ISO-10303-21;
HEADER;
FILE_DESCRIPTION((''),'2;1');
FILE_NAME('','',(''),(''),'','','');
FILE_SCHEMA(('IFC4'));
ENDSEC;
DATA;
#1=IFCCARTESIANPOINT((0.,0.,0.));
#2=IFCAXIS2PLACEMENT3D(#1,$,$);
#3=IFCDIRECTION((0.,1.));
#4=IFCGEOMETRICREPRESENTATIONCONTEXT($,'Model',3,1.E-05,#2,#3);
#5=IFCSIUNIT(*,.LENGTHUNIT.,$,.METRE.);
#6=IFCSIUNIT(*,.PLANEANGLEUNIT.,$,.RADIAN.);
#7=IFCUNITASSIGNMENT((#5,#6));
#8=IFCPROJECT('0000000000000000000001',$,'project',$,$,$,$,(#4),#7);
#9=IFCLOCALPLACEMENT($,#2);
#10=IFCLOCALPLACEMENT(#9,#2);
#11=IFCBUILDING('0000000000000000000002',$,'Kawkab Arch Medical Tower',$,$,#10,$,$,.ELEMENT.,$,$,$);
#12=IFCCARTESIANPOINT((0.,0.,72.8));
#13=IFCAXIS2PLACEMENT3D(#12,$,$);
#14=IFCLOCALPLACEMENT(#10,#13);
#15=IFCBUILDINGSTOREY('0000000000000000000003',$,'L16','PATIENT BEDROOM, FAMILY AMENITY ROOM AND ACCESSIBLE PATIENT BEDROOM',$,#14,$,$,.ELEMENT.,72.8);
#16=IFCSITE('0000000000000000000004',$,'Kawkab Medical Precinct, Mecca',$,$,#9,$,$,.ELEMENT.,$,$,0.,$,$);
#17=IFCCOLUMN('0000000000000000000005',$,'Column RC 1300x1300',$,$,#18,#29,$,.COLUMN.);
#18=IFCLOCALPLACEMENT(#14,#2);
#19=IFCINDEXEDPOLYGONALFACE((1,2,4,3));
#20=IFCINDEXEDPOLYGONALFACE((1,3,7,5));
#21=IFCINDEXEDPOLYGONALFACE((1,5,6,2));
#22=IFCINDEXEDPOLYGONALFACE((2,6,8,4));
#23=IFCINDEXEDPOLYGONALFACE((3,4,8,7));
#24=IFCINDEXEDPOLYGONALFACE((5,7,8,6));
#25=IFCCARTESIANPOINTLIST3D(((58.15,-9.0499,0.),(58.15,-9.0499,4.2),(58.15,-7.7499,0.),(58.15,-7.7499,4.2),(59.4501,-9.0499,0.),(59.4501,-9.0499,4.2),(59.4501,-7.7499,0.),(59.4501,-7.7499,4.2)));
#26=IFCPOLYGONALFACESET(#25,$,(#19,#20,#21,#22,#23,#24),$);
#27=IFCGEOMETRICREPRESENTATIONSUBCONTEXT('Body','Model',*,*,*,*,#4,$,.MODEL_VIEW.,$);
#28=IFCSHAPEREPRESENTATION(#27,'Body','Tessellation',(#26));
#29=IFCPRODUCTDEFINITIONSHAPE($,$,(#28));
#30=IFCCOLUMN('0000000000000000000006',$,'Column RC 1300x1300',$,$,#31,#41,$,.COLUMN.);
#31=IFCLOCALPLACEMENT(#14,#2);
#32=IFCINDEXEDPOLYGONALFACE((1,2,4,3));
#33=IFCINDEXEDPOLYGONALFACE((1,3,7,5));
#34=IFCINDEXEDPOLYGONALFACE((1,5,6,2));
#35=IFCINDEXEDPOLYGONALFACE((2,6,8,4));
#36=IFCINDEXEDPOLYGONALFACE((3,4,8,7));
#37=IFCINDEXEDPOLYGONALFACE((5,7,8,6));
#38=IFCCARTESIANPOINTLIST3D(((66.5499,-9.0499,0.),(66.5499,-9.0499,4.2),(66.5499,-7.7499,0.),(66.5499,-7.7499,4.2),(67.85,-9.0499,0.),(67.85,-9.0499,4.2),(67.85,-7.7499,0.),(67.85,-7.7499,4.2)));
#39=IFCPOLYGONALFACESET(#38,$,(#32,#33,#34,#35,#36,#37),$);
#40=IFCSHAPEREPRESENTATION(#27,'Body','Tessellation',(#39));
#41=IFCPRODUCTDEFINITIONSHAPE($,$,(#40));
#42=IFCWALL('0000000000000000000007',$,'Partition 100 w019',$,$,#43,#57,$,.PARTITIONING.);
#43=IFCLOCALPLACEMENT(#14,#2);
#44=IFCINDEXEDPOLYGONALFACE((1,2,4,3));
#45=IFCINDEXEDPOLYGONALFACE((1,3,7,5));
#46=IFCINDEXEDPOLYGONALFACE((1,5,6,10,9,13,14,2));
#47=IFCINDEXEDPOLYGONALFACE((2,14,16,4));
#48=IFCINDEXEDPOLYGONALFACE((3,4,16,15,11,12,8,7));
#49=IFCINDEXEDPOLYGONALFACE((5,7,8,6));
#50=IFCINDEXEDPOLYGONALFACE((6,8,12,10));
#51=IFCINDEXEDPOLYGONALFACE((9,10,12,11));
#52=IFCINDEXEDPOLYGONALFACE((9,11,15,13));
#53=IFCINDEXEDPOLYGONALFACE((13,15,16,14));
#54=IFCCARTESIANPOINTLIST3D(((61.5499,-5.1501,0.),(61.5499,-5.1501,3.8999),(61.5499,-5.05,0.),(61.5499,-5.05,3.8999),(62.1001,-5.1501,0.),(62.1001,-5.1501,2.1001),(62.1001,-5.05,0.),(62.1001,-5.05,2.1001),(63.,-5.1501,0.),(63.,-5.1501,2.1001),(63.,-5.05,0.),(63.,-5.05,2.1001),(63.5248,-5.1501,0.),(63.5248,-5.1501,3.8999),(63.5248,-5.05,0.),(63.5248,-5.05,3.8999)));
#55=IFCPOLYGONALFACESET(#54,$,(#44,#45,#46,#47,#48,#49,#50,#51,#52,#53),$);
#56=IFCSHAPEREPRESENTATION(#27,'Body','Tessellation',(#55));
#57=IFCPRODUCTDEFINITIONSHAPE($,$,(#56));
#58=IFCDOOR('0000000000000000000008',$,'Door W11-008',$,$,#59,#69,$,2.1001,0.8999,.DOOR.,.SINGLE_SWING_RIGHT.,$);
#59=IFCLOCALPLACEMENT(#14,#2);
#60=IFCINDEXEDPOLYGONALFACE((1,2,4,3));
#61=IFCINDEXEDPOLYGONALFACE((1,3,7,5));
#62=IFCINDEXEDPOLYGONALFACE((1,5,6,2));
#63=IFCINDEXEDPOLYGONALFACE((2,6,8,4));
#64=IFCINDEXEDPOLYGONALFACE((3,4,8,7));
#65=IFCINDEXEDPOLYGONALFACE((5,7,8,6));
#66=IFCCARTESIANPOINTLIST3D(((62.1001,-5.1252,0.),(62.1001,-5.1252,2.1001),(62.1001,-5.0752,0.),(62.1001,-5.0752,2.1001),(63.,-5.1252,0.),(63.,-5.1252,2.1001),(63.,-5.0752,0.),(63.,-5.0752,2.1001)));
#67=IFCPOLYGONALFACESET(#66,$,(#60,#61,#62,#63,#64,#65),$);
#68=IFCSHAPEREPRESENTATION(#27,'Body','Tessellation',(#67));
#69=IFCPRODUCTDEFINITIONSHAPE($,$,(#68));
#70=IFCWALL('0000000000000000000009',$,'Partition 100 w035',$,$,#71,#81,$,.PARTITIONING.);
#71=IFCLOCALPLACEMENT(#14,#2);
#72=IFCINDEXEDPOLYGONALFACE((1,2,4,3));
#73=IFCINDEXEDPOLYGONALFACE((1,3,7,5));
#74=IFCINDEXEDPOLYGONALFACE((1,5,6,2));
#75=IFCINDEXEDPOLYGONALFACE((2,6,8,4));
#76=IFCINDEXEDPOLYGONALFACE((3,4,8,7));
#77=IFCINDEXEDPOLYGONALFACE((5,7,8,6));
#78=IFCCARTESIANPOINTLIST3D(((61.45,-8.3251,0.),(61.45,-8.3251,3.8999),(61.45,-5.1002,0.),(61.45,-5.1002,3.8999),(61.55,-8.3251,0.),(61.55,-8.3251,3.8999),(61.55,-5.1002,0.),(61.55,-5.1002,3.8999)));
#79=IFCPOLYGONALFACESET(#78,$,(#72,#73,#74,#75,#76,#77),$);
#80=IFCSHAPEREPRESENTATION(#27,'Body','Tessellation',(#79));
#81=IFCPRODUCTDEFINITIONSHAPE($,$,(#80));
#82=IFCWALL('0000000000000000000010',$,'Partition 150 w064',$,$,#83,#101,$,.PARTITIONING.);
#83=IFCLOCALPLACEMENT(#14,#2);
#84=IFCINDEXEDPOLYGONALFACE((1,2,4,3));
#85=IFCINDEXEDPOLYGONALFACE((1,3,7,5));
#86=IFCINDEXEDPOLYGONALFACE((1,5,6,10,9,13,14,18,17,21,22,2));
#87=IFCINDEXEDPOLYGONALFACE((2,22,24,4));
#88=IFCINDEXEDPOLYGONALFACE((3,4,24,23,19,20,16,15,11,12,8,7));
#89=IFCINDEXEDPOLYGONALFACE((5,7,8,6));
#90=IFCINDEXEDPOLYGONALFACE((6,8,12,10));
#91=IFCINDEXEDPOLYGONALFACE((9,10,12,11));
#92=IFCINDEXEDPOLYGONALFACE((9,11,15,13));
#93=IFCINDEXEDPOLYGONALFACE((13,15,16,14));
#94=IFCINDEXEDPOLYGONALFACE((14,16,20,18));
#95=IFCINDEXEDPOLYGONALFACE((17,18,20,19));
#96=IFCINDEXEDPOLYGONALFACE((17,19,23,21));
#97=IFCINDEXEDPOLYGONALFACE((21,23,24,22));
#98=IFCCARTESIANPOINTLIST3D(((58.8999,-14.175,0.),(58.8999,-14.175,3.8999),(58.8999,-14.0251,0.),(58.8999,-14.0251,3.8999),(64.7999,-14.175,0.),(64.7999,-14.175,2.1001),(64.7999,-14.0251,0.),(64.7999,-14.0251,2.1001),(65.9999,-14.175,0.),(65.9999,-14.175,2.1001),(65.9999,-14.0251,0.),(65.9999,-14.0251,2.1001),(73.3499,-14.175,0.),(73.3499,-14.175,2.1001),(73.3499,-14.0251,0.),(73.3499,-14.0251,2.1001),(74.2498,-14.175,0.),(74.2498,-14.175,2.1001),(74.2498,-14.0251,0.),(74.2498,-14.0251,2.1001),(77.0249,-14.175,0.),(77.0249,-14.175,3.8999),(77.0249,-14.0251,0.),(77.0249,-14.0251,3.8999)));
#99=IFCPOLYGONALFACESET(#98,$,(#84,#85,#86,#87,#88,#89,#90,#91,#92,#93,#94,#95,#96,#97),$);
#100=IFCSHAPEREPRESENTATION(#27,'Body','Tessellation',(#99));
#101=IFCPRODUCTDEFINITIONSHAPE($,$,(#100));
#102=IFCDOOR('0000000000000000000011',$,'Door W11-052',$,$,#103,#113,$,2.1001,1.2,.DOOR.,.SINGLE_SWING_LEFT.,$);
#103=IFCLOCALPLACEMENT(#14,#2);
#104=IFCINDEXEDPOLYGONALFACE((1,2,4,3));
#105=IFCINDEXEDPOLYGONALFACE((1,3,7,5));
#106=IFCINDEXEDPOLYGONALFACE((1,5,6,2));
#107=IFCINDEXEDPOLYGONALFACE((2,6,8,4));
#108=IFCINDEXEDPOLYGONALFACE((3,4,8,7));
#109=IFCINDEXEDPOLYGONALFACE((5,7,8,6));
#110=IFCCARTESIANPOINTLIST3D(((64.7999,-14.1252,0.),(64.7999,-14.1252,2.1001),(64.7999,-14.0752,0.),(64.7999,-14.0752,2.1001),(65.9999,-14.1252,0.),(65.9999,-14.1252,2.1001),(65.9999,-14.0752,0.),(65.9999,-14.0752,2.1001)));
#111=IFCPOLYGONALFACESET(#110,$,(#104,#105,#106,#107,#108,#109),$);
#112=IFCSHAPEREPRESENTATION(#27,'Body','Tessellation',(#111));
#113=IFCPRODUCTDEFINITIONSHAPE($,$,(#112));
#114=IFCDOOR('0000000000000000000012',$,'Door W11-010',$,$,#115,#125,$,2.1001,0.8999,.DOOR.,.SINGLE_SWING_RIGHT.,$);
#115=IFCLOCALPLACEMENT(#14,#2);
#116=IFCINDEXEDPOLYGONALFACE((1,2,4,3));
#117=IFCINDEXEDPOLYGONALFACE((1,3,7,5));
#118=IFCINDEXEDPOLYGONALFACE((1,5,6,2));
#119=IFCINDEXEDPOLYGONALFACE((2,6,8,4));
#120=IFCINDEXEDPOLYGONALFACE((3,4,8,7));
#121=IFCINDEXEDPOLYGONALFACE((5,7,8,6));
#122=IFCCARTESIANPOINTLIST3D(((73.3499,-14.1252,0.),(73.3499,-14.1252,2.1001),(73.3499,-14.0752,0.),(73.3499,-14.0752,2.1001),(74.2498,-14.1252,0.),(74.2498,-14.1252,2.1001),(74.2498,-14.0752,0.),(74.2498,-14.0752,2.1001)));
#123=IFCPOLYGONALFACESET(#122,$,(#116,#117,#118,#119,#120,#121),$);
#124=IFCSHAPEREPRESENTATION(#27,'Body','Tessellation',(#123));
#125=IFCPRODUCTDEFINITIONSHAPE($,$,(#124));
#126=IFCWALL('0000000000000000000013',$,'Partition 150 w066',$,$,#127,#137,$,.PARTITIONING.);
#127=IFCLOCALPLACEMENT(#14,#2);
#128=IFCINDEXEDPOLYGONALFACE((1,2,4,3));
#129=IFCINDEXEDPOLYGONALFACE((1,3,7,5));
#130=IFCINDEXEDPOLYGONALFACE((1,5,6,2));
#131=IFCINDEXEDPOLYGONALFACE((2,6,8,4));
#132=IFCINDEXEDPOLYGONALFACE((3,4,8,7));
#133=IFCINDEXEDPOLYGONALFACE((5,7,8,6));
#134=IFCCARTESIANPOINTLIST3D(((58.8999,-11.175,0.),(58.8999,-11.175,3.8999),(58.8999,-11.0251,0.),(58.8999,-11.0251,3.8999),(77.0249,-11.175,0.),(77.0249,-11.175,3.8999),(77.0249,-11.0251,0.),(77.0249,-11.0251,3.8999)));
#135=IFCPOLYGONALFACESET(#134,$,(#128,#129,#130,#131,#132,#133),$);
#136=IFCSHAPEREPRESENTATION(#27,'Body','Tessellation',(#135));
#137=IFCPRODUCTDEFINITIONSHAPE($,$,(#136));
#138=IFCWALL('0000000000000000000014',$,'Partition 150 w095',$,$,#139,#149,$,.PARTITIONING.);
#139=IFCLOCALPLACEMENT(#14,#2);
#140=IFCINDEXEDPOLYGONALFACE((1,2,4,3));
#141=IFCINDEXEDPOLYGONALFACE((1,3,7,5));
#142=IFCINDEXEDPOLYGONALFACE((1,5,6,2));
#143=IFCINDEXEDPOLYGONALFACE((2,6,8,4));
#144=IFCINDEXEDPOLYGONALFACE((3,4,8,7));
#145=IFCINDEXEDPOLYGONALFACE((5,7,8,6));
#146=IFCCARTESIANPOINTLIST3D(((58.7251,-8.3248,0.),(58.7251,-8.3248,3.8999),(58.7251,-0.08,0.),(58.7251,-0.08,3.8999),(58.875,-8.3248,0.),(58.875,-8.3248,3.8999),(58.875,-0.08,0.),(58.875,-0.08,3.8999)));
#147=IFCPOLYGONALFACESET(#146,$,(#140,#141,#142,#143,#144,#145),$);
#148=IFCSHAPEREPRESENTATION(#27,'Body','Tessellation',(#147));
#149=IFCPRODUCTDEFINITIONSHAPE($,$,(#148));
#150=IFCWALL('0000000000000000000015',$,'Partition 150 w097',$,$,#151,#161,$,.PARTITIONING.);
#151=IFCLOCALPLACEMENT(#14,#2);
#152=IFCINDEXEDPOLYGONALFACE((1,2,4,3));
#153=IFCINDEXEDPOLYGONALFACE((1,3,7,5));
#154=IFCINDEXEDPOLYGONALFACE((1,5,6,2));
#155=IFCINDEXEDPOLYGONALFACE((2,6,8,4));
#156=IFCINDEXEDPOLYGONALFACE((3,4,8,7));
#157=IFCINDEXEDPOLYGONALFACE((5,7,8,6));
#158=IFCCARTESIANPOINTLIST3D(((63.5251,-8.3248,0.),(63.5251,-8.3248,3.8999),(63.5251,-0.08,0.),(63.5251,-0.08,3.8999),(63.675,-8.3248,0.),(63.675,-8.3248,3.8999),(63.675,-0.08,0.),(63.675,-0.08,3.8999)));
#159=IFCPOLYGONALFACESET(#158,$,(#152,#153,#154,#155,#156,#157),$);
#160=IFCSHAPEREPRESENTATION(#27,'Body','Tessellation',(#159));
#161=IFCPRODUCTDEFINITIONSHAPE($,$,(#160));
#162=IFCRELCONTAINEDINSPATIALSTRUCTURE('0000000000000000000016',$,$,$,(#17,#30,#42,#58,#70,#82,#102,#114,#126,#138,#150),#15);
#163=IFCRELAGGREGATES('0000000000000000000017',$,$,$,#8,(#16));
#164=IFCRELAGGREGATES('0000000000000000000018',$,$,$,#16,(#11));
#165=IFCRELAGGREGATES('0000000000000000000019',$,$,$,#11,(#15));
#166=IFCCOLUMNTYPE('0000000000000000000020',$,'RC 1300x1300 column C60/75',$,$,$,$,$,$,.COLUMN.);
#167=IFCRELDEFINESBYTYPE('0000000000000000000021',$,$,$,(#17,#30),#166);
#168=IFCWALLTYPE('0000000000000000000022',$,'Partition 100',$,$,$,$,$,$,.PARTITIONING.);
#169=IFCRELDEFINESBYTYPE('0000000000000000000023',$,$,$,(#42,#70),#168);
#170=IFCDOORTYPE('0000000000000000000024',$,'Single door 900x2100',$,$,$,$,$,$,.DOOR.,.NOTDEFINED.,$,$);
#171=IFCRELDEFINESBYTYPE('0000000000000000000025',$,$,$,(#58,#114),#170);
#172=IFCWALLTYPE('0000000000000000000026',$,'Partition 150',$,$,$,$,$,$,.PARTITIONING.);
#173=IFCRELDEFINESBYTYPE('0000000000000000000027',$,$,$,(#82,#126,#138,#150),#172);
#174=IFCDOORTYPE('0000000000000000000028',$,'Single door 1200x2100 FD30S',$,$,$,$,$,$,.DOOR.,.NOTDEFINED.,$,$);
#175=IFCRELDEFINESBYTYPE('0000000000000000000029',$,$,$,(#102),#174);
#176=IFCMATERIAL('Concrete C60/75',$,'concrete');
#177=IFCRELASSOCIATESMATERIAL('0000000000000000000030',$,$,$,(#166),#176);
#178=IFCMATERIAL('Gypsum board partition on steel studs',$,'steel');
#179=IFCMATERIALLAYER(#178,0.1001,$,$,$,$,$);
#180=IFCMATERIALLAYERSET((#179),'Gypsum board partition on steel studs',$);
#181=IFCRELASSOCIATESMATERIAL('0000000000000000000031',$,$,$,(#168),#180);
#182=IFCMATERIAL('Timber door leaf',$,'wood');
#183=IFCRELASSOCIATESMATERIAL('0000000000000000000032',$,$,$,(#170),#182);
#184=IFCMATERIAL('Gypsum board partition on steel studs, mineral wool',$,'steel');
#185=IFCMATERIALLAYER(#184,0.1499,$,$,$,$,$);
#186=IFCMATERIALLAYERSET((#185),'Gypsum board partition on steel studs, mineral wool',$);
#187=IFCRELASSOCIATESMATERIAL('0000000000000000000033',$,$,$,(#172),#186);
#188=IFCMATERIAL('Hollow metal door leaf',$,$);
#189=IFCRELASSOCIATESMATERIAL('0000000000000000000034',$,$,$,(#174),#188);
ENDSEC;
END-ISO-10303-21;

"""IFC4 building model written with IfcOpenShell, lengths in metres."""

from ifc_helpers import new_model, si_unit, direction, frame, frame_2d, origin, origin_2d, place, context, subcontext, project, spatial, rectangle, extrude, material, layer, layer_set, material_profile, profile_set, type_object, element, fill, save


model = new_model("IFC4")

# Units and contexts
model_context = context("Model", 3, precision=1e-05, world=origin(), true_north=direction((0.0, 1.0)))
body_context = subcontext(model_context, "Body", "Model", "MODEL_VIEW")
ifc_project = project(units=[si_unit("LENGTHUNIT", "METRE"), si_unit("PLANEANGLEUNIT", "RADIAN")], contexts=[model_context])

# Site, building, storey
site_placement = place(None, origin())
site = spatial("IfcSite", under=ifc_project, at=site_placement, Name="Kawkab Medical Precinct, Mecca", CompositionType="ELEMENT", RefElevation=0.0)
building_placement = place(site_placement, origin())
building = spatial("IfcBuilding", under=site, at=building_placement, Name="Kawkab Arch Medical Tower", CompositionType="ELEMENT")
storey_placement = place(building_placement, frame((0.0, 0.0, 72.8)))
storey = spatial("IfcBuildingStorey", under=building, at=storey_placement, Name="L16", Description="PATIENT BEDROOM, FAMILY AMENITY ROOM AND ACCESSIBLE PATIENT BEDROOM", CompositionType="ELEMENT", Elevation=72.8)

# Columns
ifc_material_1 = material(Name="Concrete C60/75", Category="concrete")
ifc_material_profile = material_profile(ifc_material_1, rectangle(XDim=1.3, YDim=1.3, at=origin_2d()), Name="RC 1300x1300")
ifc_profile_set = profile_set([ifc_material_profile], Name="Concrete C60/75")
column_type = type_object("IfcColumnType", Name="RC 1300x1300 column C60/75", PredefinedType="COLUMN", material=ifc_profile_set)
for number, where, z_axis, x_axis, name in (
    (1, (58.8, -8.3999, 0.0), (0.0, 0.0, 1.0), (1.0, 0.0, 0.0), "Column RC 1300x1300"),
    (2, (67.2, -8.3999, 0.0), (0.0, 0.0, 1.0), (1.0, 0.0, 0.0), "Column RC 1300x1300"),
):
    element("IfcColumn", number, at=place(storey_placement, frame(where, z_axis=z_axis, x_axis=x_axis)), inside=storey, type_object=column_type, Name=name, PredefinedType="COLUMN", context=body_context, shape_type="SweptSolid", body=[
        extrude(rectangle(XDim=1.3, YDim=1.3, at=origin_2d()), origin(), (0.0, 0.0, 1.0), 4.2),
    ])

# Wall, opening, door
ifc_material_2 = material(Name="Gypsum board partition on steel studs", Category="steel")
ifc_layer_1 = layer(ifc_material_2, 0.1001)
ifc_layer_set_1 = layer_set([ifc_layer_1], Name="Gypsum board partition on steel studs")
wall_type_1 = type_object("IfcWallType", Name="Partition 100", PredefinedType="PARTITIONING", material=ifc_layer_set_1)
wall_1_placement = place(storey_placement, frame((61.55, -5.1001, 0.0), z_axis=(0.0, 0.0, 1.0), x_axis=(1.0, 0.0, 0.0)))
wall_1 = element("IfcWall", 3, at=wall_1_placement, inside=storey, type_object=wall_type_1, Name="Partition 100 w019", PredefinedType="PARTITIONING", context=body_context, shape_type="SweptSolid", body=[
    extrude(rectangle(XDim=1.9749, YDim=0.1001, at=frame_2d((0.9873, 0.0))), origin(), (0.0, 0.0, 1.0), 3.8999),
])
opening_1_placement = place(wall_1_placement, frame((0.55, 0.0, 0.0)))
opening_1 = element("IfcOpeningElement", 4, at=opening_1_placement, cuts=wall_1, PredefinedType="OPENING", context=body_context, shape_type="SweptSolid", body=[
    extrude(rectangle(XDim=0.8999, YDim=2.1001, at=frame_2d((0.45, 1.05))), frame((0.0, 0.0601, 0.0), z_axis=(0.0, -1.0, 0.0), x_axis=(1.0, 0.0, 0.0)), (0.0, 0.0, 1.0), 0.1201),
])
ifc_material_3 = material(Name="Timber door leaf", Category="wood")
door_type_1 = type_object("IfcDoorType", Name="Single door 900x2100", OperationType="NOTDEFINED", PredefinedType="DOOR", material=ifc_material_3)
door_1_placement = place(opening_1_placement, origin())
door_1 = element("IfcDoor", 5, at=door_1_placement, inside=storey, type_object=door_type_1, Name="Door W11-008", OperationType="SINGLE_SWING_RIGHT", OverallHeight=2.1001, OverallWidth=0.8999, PredefinedType="DOOR", context=body_context, shape_type="SweptSolid", body=[
    extrude(rectangle(XDim=0.8999, YDim=2.1001, at=frame_2d((0.45, 1.05))), frame((0.0, 0.0249, 0.0), z_axis=(0.0, -1.0, 0.0), x_axis=(1.0, 0.0, 0.0)), (0.0, 0.0, 1.0), 0.05),
])
fill(opening_1, door_1)

# Wall
wall_2_placement = place(storey_placement, frame((61.5, -8.325, 0.0), z_axis=(0.0, 0.0, 1.0), x_axis=(0.0, 1.0, 0.0)))
element("IfcWall", 6, at=wall_2_placement, inside=storey, type_object=wall_type_1, Name="Partition 100 w035", PredefinedType="PARTITIONING", context=body_context, shape_type="SweptSolid", body=[
    extrude(rectangle(XDim=3.2249, YDim=0.1001, at=frame_2d((1.6123, 0.0))), origin(), (0.0, 0.0, 1.0), 3.8999),
])

# Wall, openings, doors
ifc_material_4 = material(Name="Gypsum board partition on steel studs, mineral wool", Category="steel")
ifc_layer_2 = layer(ifc_material_4, 0.1499)
ifc_layer_set_2 = layer_set([ifc_layer_2], Name="Gypsum board partition on steel studs, mineral wool")
wall_type_2 = type_object("IfcWallType", Name="Partition 150", PredefinedType="PARTITIONING", material=ifc_layer_set_2)
wall_3_placement = place(storey_placement, frame((58.8999, -14.1001, 0.0), z_axis=(0.0, 0.0, 1.0), x_axis=(1.0, 0.0, 0.0)))
wall_3 = element("IfcWall", 7, at=wall_3_placement, inside=storey, type_object=wall_type_2, Name="Partition 150 w064", PredefinedType="PARTITIONING", context=body_context, shape_type="SweptSolid", body=[
    extrude(rectangle(XDim=18.125, YDim=0.1499, at=frame_2d((9.0625, 0.0))), origin(), (0.0, 0.0, 1.0), 3.8999),
])
opening_2_placement = place(wall_3_placement, frame((5.8999, 0.0, 0.0)))
opening_2 = element("IfcOpeningElement", 8, at=opening_2_placement, cuts=wall_3, PredefinedType="OPENING", context=body_context, shape_type="SweptSolid", body=[
    extrude(rectangle(XDim=1.2, YDim=2.1001, at=frame_2d((0.6001, 1.05))), frame((0.0, 0.085, 0.0), z_axis=(0.0, -1.0, 0.0), x_axis=(1.0, 0.0, 0.0)), (0.0, 0.0, 1.0), 0.1699),
])
opening_3_placement = place(wall_3_placement, frame((14.45, 0.0, 0.0)))
opening_3 = element("IfcOpeningElement", 9, at=opening_3_placement, cuts=wall_3, PredefinedType="OPENING", context=body_context, shape_type="SweptSolid", body=[
    extrude(rectangle(XDim=0.8999, YDim=2.1001, at=frame_2d((0.45, 1.05))), frame((0.0, 0.085, 0.0), z_axis=(0.0, -1.0, 0.0), x_axis=(1.0, 0.0, 0.0)), (0.0, 0.0, 1.0), 0.1699),
])
ifc_material_5 = material(Name="Hollow metal door leaf")
door_type_2 = type_object("IfcDoorType", Name="Single door 1200x2100 FD30S", OperationType="NOTDEFINED", PredefinedType="DOOR", material=ifc_material_5)
door_2_placement = place(opening_2_placement, origin())
door_2 = element("IfcDoor", 10, at=door_2_placement, inside=storey, type_object=door_type_2, Name="Door W11-052", OperationType="SINGLE_SWING_LEFT", OverallHeight=2.1001, OverallWidth=1.2, PredefinedType="DOOR", context=body_context, shape_type="SweptSolid", body=[
    extrude(rectangle(XDim=1.2, YDim=2.1001, at=frame_2d((0.6001, 1.05))), frame((0.0, 0.0249, 0.0), z_axis=(0.0, -1.0, 0.0), x_axis=(1.0, 0.0, 0.0)), (0.0, 0.0, 1.0), 0.05),
])
fill(opening_2, door_2)
door_3_placement = place(opening_3_placement, origin())
door_3 = element("IfcDoor", 11, at=door_3_placement, inside=storey, type_object=door_type_1, Name="Door W11-010", OperationType="SINGLE_SWING_RIGHT", OverallHeight=2.1001, OverallWidth=0.8999, PredefinedType="DOOR", context=body_context, shape_type="SweptSolid", body=[
    extrude(rectangle(XDim=0.8999, YDim=2.1001, at=frame_2d((0.45, 1.05))), frame((0.0, 0.0249, 0.0), z_axis=(0.0, -1.0, 0.0), x_axis=(1.0, 0.0, 0.0)), (0.0, 0.0, 1.0), 0.05),
])
fill(opening_3, door_3)

# Walls
wall_4_placement = place(storey_placement, frame((58.8999, -11.1001, 0.0), z_axis=(0.0, 0.0, 1.0), x_axis=(1.0, 0.0, 0.0)))
element("IfcWall", 12, at=wall_4_placement, inside=storey, type_object=wall_type_2, Name="Partition 150 w066", PredefinedType="PARTITIONING", context=body_context, shape_type="SweptSolid", body=[
    extrude(rectangle(XDim=18.125, YDim=0.1499, at=frame_2d((9.0625, 0.0))), origin(), (0.0, 0.0, 1.0), 3.8999),
])
for number, where, z_axis, x_axis, name in (
    (13, (58.8, -8.325, 0.0), (0.0, 0.0, 1.0), (0.0, 1.0, 0.0), "Partition 150 w095"),
    (14, (63.6001, -8.325, 0.0), (0.0, 0.0, 1.0), (0.0, 1.0, 0.0), "Partition 150 w097"),
):
    element("IfcWall", number, at=place(storey_placement, frame(where, z_axis=z_axis, x_axis=x_axis)), inside=storey, type_object=wall_type_2, Name=name, PredefinedType="PARTITIONING", context=body_context, shape_type="SweptSolid", body=[
        extrude(rectangle(XDim=8.2449, YDim=0.1499, at=frame_2d((4.1226, 0.0))), origin(), (0.0, 0.0, 1.0), 3.8999),
    ])

save(model, "model.ifc")
